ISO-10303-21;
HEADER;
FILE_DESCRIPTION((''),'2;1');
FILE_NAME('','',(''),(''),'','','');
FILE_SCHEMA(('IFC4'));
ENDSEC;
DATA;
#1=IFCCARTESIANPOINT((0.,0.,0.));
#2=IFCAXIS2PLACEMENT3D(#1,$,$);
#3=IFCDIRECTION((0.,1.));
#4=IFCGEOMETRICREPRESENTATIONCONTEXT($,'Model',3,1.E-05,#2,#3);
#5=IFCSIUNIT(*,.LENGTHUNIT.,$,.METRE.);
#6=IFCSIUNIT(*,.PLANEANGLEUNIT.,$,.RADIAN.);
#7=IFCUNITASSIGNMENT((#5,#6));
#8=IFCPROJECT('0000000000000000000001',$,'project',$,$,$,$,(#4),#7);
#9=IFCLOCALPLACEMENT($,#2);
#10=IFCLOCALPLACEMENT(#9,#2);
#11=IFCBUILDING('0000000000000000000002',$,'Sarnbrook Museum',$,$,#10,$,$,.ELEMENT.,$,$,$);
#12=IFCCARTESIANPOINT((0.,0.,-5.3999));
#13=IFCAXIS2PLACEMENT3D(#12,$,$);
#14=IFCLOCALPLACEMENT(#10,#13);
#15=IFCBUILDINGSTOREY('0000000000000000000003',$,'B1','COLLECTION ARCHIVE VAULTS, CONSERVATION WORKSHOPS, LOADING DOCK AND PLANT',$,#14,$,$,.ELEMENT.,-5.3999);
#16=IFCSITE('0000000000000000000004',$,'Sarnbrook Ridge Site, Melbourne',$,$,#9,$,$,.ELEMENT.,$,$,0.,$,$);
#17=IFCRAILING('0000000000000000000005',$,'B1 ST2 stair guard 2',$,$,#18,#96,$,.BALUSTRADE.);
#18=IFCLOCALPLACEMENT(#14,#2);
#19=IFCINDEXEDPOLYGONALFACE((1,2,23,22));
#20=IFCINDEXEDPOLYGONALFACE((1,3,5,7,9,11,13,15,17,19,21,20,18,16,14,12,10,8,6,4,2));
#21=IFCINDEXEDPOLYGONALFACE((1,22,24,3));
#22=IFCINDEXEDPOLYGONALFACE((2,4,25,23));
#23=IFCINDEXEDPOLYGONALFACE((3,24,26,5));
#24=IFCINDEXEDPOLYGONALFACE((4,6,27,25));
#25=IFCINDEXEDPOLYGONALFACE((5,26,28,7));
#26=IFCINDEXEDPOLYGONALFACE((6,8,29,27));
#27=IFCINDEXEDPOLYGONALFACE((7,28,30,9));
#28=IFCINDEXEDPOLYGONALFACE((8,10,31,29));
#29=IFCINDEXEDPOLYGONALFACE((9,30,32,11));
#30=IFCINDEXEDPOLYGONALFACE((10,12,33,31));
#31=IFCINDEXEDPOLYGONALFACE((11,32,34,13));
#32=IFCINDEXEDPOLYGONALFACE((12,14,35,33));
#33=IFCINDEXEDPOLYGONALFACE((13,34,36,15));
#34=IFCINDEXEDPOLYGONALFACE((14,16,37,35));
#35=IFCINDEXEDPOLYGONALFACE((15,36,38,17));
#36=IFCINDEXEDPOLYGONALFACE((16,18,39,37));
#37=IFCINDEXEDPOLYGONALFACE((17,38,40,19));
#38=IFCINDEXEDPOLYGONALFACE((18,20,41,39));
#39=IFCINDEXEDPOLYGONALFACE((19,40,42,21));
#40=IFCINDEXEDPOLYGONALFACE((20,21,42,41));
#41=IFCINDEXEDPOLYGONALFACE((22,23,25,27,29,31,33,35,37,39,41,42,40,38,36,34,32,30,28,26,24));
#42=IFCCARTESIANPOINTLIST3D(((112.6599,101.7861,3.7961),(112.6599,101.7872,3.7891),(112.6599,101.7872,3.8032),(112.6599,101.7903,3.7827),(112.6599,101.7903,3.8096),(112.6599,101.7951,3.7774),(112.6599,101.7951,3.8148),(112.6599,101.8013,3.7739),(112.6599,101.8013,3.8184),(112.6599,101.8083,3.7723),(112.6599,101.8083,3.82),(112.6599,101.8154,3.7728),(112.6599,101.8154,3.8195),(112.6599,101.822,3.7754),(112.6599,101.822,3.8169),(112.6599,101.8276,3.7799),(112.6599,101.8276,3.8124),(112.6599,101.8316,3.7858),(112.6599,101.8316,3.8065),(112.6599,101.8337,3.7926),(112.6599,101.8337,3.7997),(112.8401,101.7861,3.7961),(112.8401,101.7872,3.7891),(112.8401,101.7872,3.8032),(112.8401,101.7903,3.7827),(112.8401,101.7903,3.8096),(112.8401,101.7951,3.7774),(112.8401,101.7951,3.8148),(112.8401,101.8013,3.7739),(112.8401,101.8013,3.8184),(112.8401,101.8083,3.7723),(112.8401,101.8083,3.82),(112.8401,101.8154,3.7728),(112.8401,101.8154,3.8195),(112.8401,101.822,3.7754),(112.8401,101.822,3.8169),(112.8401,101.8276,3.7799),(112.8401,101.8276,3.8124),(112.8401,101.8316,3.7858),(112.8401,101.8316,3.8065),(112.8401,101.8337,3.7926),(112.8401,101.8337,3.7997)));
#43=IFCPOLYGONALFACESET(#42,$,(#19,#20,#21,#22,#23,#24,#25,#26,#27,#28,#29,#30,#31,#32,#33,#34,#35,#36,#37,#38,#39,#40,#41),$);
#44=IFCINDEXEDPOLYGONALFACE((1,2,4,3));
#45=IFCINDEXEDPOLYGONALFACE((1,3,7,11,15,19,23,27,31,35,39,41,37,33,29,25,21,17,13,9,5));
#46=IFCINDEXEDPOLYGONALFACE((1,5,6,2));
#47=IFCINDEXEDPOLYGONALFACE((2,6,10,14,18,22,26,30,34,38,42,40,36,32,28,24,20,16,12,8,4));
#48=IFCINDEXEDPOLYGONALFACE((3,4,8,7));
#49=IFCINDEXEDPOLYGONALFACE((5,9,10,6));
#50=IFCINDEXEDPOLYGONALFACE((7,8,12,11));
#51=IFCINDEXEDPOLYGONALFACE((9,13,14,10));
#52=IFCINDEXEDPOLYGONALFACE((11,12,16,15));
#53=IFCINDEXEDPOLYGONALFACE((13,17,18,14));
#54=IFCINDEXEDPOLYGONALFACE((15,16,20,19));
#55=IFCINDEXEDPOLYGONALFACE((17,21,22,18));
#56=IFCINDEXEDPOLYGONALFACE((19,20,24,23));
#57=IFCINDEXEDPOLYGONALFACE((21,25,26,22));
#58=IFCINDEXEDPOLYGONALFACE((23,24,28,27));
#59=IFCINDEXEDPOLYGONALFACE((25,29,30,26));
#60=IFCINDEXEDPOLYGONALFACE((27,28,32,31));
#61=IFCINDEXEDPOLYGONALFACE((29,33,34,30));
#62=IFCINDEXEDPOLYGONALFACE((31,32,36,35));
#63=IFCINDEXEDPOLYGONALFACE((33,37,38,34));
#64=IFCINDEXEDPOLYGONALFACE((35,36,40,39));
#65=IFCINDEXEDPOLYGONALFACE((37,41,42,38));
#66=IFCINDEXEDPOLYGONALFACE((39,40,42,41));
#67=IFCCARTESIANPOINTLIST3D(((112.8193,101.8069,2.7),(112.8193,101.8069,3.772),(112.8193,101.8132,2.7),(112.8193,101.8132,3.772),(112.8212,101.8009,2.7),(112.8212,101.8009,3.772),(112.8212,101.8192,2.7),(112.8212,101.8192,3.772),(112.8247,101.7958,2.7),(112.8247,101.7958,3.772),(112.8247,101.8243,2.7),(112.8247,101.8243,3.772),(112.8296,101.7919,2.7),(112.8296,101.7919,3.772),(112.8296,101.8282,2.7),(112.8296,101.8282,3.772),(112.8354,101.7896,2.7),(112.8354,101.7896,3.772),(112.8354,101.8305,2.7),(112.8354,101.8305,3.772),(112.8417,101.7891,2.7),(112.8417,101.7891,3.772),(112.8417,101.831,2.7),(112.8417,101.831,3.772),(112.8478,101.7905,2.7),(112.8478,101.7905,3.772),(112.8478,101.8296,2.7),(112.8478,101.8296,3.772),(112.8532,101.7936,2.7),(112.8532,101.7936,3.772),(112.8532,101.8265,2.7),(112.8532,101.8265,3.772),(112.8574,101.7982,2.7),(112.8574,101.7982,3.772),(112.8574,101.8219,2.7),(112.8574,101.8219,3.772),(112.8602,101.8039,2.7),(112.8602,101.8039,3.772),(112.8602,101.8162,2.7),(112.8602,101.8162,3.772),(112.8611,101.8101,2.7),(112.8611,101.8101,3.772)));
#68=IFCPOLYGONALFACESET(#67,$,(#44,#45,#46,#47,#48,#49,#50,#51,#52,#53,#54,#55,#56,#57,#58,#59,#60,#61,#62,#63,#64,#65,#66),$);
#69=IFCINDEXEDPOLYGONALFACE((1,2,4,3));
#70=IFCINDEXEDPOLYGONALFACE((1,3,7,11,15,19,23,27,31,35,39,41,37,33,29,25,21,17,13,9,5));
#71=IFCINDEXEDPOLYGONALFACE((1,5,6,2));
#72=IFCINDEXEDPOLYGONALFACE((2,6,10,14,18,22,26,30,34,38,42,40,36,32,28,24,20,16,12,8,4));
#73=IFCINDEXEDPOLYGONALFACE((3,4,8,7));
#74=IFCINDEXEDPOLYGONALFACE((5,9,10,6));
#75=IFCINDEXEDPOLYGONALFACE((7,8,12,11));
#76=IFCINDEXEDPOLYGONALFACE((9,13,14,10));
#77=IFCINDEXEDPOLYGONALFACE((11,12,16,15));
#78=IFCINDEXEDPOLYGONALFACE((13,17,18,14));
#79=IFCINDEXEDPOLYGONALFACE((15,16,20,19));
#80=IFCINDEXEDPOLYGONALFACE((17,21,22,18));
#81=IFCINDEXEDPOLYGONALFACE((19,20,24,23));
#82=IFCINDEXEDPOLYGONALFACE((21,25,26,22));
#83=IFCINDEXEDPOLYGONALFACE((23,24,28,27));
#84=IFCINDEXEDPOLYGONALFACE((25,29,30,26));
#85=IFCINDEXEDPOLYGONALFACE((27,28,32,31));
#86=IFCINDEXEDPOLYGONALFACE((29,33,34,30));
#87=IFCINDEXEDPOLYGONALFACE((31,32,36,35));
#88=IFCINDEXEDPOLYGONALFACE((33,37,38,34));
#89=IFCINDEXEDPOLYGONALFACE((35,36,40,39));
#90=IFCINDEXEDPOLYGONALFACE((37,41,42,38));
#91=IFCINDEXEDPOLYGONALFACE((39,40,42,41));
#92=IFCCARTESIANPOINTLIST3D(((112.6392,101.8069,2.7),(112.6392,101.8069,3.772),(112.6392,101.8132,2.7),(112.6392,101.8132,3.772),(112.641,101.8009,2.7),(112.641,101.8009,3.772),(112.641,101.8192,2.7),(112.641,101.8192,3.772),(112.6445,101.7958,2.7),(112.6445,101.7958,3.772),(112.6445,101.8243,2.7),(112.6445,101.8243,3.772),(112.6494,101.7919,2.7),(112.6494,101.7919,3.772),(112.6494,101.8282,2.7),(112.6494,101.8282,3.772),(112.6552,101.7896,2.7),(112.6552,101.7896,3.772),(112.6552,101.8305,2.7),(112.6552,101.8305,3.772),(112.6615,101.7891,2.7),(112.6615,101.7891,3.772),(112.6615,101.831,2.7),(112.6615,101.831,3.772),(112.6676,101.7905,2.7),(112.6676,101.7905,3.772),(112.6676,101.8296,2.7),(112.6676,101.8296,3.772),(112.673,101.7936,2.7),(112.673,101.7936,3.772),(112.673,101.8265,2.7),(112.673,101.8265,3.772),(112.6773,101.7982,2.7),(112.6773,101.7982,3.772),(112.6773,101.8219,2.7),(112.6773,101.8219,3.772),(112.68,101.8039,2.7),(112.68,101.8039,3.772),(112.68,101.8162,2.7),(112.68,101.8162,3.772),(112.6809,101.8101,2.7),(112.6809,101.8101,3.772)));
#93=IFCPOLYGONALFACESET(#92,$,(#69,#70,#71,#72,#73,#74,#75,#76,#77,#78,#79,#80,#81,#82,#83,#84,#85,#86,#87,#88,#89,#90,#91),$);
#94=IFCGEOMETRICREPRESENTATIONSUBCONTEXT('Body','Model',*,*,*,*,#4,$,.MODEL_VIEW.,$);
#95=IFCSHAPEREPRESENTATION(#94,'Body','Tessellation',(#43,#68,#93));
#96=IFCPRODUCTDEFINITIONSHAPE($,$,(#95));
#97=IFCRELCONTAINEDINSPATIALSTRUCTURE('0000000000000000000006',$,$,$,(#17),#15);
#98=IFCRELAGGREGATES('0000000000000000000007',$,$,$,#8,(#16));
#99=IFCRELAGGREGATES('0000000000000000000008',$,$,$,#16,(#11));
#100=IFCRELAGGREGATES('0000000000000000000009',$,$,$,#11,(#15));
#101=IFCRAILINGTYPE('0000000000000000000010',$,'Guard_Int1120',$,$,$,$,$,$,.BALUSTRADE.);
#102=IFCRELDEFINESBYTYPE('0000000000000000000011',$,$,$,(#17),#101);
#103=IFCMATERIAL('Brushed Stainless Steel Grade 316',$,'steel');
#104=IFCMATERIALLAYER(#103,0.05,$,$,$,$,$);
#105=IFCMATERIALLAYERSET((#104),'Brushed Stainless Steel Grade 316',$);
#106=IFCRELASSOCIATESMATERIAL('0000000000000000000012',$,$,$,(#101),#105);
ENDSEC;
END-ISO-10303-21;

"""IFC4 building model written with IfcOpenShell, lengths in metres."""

from ifc_helpers import new_model, si_unit, direction, frame, origin, origin_2d, place, context, subcontext, project, spatial, circle, extrude, material, layer, layer_set, type_object, element, save


model = new_model("IFC4")

# Units and contexts
model_context = context("Model", 3, precision=1e-05, world=origin(), true_north=direction((0.0, 1.0)))
body_context = subcontext(model_context, "Body", "Model", "MODEL_VIEW")
ifc_project = project(units=[si_unit("LENGTHUNIT", "METRE"), si_unit("PLANEANGLEUNIT", "RADIAN")], contexts=[model_context])

# Site, building, storey
site_placement = place(None, origin())
site = spatial("IfcSite", under=ifc_project, at=site_placement, Name="Sarnbrook Ridge Site, Melbourne", CompositionType="ELEMENT", RefElevation=0.0)
building_placement = place(site_placement, origin())
building = spatial("IfcBuilding", under=site, at=building_placement, Name="Sarnbrook Museum", CompositionType="ELEMENT")
storey_placement = place(building_placement, frame((0.0, 0.0, -5.3999)))
storey = spatial("IfcBuildingStorey", under=building, at=storey_placement, Name="B1", Description="COLLECTION ARCHIVE VAULTS, CONSERVATION WORKSHOPS, LOADING DOCK AND PLANT", CompositionType="ELEMENT", Elevation=-5.3999)

# Railing
ifc_material_1 = material(Name="Brushed Stainless Steel Grade 316", Category="steel")
ifc_layer_1 = layer(ifc_material_1, 0.05)
ifc_layer_set_1 = layer_set([ifc_layer_1], Name="Brushed Stainless Steel Grade 316")
railing_type_1 = type_object("IfcRailingType", Name="Guard_Int1120", PredefinedType="BALUSTRADE", material=ifc_layer_set_1)
railing_1_placement = place(storey_placement, frame((112.8401, 101.8101, 2.7)))
element("IfcRailing", 1, at=railing_1_placement, inside=storey, type_object=railing_type_1, Name="B1 ST2 stair guard 2", PredefinedType="BALUSTRADE", context=body_context, shape_type="SweptSolid", body=[
    extrude(circle(Radius=0.0239, at=origin_2d()), frame((0.0, 0.0, 1.0962), z_axis=(-1.0, 0.0, 0.0), x_axis=(0.0, -1.0, 0.0)), (0.0, 0.0, 1.0), 0.1802),
    extrude(circle(Radius=0.021, at=origin_2d()), origin(), (0.0, 0.0, 1.0), 1.072),
    extrude(circle(Radius=0.021, at=origin_2d()), frame((-0.1802, 0.0, 0.0)), (0.0, 0.0, 1.0), 1.072),
])

save(model, "model.ifc")
